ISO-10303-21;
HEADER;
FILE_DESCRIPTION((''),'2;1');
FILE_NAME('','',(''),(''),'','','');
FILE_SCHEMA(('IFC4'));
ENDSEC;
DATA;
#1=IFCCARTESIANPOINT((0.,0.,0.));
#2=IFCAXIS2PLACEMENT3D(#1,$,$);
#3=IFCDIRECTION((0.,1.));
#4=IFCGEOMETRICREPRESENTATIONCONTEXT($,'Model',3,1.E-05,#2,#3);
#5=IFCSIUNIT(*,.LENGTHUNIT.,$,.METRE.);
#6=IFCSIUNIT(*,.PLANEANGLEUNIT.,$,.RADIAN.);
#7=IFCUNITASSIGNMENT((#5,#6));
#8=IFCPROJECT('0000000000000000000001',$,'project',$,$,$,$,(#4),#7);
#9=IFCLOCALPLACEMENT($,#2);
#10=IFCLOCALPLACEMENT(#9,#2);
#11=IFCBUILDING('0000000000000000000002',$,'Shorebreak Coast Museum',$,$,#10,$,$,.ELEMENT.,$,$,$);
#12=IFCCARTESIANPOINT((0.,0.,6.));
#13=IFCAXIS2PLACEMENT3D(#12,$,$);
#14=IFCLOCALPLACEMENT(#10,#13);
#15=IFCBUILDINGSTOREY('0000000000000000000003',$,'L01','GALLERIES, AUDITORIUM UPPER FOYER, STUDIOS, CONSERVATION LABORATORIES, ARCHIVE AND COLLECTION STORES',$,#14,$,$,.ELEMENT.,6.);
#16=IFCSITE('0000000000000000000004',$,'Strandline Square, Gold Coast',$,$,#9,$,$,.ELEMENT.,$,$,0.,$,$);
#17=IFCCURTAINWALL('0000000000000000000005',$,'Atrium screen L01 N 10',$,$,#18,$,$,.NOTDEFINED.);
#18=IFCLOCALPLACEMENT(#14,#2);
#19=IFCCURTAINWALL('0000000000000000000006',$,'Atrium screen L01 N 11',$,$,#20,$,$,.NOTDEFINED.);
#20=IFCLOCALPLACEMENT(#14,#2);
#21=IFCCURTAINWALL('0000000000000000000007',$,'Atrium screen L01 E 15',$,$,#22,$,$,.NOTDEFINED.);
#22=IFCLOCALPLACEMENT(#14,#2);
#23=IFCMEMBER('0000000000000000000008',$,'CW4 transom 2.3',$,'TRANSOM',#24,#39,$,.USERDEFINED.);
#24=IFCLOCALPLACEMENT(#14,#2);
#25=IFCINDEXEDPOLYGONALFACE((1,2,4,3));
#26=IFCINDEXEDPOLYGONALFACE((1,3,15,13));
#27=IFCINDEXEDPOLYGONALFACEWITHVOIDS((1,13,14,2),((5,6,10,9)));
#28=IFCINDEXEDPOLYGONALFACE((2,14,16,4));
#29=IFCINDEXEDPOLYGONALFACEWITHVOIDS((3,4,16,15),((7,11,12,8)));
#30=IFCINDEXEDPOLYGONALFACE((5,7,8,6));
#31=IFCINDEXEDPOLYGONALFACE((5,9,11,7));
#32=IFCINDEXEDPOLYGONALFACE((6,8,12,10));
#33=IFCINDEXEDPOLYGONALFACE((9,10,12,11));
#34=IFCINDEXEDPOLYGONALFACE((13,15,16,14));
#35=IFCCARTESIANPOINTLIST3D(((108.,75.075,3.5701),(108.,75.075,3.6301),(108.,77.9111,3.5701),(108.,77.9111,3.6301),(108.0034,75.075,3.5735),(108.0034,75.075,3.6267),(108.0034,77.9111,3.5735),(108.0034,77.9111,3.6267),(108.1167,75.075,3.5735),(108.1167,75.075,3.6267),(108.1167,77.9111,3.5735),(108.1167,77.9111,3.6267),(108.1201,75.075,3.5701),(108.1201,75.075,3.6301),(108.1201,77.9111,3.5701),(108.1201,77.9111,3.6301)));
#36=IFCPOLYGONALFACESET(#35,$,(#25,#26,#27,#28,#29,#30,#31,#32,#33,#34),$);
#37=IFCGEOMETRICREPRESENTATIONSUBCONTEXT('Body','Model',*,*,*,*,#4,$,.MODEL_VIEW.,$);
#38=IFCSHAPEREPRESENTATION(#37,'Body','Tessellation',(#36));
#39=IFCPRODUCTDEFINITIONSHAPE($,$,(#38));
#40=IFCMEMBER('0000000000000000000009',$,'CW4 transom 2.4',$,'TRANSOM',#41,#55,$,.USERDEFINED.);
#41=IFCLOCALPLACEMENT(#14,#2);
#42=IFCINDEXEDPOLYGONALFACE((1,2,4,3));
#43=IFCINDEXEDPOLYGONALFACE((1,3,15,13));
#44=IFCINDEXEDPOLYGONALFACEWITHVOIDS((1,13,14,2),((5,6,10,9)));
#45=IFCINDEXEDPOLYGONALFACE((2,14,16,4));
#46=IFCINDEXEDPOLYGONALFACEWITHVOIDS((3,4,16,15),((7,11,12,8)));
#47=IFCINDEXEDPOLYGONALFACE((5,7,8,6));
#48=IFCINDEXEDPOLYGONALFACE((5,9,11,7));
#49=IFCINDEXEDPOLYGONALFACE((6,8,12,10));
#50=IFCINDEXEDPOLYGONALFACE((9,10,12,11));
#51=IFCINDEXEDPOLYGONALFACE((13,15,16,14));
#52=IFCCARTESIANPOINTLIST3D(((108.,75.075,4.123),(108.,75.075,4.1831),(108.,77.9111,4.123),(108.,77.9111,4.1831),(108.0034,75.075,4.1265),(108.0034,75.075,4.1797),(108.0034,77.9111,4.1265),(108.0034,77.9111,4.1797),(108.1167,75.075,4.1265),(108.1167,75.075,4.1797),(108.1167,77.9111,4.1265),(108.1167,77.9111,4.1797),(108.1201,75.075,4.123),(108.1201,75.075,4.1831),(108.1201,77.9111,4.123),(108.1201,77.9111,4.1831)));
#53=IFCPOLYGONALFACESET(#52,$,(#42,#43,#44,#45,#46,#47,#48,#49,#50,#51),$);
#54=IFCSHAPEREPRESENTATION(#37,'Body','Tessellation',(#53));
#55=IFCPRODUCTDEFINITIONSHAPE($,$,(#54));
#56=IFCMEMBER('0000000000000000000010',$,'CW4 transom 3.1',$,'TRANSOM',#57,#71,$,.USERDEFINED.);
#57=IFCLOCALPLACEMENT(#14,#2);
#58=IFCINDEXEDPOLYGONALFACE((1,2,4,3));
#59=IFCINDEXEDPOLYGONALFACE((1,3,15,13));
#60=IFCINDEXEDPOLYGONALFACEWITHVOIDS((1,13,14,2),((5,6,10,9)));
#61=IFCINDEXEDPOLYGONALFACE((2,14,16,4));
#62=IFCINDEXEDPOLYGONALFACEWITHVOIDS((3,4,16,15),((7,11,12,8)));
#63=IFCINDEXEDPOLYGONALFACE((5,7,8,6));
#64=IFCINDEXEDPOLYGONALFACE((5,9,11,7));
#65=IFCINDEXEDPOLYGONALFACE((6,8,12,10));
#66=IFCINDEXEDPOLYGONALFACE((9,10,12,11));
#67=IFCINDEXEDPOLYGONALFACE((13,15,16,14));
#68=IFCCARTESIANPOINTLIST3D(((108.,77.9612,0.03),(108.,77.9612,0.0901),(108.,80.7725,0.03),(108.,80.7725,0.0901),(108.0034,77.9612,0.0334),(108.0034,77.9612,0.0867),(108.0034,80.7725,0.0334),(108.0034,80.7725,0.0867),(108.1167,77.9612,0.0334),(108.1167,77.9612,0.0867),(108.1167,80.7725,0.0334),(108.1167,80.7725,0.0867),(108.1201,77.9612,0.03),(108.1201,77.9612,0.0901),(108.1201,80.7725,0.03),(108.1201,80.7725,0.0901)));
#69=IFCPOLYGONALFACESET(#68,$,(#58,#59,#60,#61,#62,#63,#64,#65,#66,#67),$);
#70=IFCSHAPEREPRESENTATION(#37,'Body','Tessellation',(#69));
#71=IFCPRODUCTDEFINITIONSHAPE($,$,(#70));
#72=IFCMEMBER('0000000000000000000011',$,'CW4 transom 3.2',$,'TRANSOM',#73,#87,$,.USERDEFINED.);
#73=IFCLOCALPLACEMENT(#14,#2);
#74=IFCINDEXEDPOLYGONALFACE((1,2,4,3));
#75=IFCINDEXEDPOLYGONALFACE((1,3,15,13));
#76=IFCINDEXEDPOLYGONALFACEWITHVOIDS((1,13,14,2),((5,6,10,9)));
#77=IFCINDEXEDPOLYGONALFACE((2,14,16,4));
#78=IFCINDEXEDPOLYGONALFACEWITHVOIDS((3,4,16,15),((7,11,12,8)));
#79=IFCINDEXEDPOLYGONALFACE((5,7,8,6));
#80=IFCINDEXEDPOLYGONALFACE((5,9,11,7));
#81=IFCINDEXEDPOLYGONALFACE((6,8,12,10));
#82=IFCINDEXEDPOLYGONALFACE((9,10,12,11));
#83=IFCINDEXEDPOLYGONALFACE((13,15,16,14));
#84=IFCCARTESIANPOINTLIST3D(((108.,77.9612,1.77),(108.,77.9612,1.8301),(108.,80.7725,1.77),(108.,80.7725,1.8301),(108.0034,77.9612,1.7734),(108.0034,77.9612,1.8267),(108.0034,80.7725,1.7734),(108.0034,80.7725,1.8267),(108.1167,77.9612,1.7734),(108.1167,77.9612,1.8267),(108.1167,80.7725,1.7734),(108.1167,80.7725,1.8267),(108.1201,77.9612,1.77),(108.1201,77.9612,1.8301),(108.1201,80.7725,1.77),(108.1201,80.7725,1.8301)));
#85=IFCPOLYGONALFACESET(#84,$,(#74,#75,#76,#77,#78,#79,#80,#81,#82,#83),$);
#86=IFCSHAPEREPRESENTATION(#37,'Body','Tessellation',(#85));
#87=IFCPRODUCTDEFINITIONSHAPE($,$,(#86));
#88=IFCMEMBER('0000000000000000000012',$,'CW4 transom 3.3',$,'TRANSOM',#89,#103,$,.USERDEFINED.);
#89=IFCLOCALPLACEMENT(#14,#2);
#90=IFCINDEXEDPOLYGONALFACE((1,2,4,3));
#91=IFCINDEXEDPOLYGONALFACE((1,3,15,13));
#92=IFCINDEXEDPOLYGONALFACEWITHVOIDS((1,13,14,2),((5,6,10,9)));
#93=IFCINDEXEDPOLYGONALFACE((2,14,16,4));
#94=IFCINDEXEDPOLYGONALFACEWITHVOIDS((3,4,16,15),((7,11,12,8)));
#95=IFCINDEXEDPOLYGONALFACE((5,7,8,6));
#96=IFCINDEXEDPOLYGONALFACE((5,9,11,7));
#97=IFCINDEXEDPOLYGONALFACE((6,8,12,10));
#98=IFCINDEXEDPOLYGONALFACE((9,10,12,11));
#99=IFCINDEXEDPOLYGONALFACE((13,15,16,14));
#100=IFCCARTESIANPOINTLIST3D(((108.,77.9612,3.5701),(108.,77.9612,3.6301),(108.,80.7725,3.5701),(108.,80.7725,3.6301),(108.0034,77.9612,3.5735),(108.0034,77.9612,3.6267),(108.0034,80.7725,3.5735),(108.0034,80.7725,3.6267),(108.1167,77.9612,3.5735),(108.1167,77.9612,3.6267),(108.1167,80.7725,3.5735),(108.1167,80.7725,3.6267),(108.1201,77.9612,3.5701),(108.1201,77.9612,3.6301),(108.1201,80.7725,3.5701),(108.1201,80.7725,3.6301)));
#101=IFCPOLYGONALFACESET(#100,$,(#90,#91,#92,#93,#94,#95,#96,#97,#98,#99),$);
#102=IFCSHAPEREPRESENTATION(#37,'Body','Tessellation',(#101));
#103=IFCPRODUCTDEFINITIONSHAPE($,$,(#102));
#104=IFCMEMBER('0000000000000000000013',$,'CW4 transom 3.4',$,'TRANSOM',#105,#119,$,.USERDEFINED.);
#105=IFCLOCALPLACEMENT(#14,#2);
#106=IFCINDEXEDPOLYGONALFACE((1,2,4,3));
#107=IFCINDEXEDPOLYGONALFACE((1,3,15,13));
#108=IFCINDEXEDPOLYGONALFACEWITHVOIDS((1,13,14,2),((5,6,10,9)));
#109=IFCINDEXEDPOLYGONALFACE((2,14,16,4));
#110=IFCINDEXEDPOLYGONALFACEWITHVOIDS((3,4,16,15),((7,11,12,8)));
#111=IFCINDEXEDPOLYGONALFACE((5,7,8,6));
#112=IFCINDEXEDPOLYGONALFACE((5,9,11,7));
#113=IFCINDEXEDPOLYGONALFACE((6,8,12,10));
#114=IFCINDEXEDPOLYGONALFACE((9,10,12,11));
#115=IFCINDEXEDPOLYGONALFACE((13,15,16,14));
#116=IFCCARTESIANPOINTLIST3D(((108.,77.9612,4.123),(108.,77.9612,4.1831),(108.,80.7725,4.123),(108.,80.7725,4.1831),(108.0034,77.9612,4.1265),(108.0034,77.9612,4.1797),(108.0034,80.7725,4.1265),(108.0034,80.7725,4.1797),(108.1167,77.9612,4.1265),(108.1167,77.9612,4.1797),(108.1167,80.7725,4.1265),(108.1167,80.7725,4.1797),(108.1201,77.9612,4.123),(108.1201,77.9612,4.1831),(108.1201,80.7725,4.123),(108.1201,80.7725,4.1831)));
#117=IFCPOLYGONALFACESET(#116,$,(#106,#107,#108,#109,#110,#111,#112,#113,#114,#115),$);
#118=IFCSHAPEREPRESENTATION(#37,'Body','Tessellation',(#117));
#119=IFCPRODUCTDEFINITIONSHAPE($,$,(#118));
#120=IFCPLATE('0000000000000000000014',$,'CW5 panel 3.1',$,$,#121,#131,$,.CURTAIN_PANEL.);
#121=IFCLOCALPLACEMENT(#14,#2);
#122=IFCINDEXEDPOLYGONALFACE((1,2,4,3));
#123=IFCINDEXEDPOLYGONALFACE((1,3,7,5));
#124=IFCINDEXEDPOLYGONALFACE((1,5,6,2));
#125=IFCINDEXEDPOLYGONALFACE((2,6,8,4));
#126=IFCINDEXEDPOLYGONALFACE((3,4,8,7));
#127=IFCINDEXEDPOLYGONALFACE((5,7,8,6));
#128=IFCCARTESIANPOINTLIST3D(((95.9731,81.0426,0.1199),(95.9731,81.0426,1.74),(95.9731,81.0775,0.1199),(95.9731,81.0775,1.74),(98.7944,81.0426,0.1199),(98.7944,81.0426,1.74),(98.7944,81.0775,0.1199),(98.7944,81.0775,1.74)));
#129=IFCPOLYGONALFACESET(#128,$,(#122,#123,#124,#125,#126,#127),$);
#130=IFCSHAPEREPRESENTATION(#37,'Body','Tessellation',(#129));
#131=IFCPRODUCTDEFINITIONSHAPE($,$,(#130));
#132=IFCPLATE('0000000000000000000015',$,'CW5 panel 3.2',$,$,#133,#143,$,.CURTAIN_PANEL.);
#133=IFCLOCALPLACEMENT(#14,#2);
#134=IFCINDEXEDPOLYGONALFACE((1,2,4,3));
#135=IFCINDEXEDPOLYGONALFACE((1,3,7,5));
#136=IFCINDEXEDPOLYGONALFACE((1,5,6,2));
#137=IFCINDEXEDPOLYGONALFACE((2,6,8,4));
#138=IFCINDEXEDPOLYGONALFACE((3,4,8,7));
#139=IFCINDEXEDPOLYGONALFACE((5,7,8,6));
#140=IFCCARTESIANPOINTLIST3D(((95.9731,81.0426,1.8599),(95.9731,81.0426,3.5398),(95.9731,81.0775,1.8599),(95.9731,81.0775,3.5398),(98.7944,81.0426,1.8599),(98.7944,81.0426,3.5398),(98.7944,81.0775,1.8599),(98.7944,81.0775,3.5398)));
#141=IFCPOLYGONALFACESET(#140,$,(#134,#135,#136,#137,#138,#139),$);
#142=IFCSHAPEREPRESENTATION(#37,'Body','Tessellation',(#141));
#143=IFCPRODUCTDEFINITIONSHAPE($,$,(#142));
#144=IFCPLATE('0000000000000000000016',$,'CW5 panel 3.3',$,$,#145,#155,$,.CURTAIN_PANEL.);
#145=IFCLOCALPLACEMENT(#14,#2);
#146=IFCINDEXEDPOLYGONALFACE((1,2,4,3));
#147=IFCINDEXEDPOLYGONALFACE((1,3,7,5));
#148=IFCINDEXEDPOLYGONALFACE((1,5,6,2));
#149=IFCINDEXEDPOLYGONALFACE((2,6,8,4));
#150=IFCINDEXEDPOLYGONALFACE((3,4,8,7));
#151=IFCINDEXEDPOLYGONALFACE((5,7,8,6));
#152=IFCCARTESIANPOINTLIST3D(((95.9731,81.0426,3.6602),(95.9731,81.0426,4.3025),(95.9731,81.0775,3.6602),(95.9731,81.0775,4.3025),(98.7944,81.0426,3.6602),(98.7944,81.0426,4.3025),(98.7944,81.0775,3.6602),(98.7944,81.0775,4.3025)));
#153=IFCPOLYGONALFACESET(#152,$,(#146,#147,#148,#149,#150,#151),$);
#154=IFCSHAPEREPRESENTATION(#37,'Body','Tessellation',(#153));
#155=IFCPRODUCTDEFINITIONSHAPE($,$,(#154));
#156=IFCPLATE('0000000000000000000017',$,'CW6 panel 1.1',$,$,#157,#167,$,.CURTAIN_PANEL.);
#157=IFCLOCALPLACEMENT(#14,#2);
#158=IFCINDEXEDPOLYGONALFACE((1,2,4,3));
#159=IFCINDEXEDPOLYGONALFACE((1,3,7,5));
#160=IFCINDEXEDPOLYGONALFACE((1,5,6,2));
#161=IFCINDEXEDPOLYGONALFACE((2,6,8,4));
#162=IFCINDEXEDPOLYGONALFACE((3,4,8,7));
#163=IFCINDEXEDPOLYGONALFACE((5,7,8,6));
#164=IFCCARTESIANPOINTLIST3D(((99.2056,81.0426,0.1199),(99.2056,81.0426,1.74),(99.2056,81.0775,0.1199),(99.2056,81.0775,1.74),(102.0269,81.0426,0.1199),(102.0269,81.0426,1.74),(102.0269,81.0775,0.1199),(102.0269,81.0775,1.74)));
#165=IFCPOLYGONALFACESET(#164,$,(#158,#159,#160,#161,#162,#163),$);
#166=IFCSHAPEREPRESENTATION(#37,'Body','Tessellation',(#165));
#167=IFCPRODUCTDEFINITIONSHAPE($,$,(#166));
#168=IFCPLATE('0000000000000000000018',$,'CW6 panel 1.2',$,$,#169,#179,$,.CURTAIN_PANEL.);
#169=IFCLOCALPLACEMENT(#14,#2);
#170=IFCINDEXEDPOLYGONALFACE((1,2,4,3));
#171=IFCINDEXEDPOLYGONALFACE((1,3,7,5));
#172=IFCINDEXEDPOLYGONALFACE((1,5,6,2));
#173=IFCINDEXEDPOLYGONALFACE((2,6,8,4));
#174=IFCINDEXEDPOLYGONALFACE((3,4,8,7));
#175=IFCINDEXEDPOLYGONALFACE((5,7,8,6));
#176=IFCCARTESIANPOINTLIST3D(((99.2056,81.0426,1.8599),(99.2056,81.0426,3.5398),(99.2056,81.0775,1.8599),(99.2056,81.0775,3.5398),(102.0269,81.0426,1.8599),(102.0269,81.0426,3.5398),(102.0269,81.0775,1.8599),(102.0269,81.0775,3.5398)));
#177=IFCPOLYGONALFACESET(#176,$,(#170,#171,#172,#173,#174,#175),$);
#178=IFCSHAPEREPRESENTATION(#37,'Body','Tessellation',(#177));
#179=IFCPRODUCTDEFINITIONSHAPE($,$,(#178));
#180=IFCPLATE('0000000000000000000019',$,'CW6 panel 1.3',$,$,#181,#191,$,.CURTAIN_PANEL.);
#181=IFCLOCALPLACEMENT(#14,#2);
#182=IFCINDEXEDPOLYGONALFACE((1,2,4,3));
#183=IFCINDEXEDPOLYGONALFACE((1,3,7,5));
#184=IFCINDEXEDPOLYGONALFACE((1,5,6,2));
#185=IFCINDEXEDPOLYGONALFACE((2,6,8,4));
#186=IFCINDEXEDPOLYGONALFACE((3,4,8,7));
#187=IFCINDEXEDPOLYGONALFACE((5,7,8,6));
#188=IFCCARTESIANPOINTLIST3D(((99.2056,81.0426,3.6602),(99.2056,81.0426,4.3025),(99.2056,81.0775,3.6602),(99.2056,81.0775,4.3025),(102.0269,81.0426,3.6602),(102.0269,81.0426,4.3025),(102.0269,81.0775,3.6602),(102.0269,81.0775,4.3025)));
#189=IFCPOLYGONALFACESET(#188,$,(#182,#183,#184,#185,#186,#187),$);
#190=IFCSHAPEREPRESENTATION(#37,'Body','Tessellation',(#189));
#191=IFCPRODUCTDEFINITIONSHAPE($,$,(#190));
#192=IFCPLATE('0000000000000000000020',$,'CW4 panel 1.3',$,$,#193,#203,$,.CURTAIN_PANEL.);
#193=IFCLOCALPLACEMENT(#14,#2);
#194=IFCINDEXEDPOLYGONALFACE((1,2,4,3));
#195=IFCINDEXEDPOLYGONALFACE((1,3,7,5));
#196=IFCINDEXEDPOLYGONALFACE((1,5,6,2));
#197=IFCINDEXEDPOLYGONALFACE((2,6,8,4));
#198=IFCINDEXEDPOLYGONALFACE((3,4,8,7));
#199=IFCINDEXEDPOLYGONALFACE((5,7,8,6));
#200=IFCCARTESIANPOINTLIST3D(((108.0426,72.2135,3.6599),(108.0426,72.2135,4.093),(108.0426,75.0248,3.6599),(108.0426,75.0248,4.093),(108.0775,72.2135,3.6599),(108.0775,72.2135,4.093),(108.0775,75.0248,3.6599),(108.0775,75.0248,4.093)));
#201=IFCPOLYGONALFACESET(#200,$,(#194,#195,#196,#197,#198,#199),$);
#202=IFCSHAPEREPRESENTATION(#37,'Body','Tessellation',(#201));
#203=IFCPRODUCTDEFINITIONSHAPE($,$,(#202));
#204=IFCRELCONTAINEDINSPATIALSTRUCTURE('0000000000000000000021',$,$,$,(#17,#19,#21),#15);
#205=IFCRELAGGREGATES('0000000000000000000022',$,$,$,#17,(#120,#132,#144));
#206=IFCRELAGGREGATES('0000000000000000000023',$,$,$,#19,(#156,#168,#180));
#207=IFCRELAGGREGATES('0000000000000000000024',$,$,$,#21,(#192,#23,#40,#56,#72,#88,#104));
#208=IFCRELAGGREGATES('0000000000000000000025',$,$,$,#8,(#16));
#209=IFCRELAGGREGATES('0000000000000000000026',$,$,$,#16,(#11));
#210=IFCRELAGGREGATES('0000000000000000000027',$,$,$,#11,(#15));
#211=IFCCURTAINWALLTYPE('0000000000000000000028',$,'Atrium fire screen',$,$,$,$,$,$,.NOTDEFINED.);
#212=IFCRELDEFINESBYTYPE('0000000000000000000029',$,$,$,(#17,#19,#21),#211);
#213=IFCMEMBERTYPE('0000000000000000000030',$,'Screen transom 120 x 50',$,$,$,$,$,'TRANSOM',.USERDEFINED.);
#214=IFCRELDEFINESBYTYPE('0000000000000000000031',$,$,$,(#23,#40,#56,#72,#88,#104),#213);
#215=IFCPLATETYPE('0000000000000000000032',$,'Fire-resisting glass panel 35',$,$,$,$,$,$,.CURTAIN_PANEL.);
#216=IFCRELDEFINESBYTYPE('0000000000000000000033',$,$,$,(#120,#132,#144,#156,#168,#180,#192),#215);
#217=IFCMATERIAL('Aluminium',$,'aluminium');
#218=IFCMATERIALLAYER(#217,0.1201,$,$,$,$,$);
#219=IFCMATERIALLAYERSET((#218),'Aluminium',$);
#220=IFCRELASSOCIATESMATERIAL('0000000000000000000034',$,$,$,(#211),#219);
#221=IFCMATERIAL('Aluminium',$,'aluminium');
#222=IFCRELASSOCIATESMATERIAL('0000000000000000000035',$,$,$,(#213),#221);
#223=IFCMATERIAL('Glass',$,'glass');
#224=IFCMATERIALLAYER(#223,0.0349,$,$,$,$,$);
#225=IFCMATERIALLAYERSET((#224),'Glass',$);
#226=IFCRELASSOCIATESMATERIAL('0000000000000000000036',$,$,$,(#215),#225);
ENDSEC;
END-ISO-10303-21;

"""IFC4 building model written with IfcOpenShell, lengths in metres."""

from ifc_helpers import new_model, si_unit, direction, frame, origin, origin_2d, place, context, subcontext, project, spatial, rectangle, hollow_rectangle, extrude, material, layer, layer_set, material_profile, profile_set, type_object, element, aggregate, save


model = new_model("IFC4")

# Units and contexts
model_context = context("Model", 3, precision=1e-05, world=origin(), true_north=direction((0.0, 1.0)))
body_context = subcontext(model_context, "Body", "Model", "MODEL_VIEW")
ifc_project = project(units=[si_unit("LENGTHUNIT", "METRE"), si_unit("PLANEANGLEUNIT", "RADIAN")], contexts=[model_context])

# Site, building, storey
site_placement = place(None, origin())
site = spatial("IfcSite", under=ifc_project, at=site_placement, Name="Strandline Square, Gold Coast", CompositionType="ELEMENT", RefElevation=0.0)
building_placement = place(site_placement, origin())
building = spatial("IfcBuilding", under=site, at=building_placement, Name="Shorebreak Coast Museum", CompositionType="ELEMENT")
storey_placement = place(building_placement, frame((0.0, 0.0, 6.0)))
storey = spatial("IfcBuildingStorey", under=building, at=storey_placement, Name="L01", Description="GALLERIES, AUDITORIUM UPPER FOYER, STUDIOS, CONSERVATION LABORATORIES, ARCHIVE AND COLLECTION STORES", CompositionType="ELEMENT", Elevation=6.0)

# Curtain wall
ifc_material_1 = material(Name="Aluminium", Category="aluminium")
ifc_layer_1 = layer(ifc_material_1, 0.1201)
ifc_layer_set_1 = layer_set([ifc_layer_1], Name="Aluminium")
curtain_wall_type = type_object("IfcCurtainWallType", Name="Atrium fire screen", PredefinedType="NOTDEFINED", material=ifc_layer_set_1)
curtain_wall_1_placement = place(storey_placement, origin())
curtain_wall_1 = element("IfcCurtainWall", 1, at=curtain_wall_1_placement, inside=storey, type_object=curtain_wall_type, Name="Atrium screen L01 N 10", PredefinedType="NOTDEFINED")

# Curtain walls
curtain_wall_2_placement = place(storey_placement, origin())
curtain_wall_2 = element("IfcCurtainWall", 2, at=curtain_wall_2_placement, inside=storey, type_object=curtain_wall_type, Name="Atrium screen L01 N 11", PredefinedType="NOTDEFINED")
curtain_wall_3_placement = place(storey_placement, origin())
curtain_wall_3 = element("IfcCurtainWall", 3, at=curtain_wall_3_placement, inside=storey, type_object=curtain_wall_type, Name="Atrium screen L01 E 15", PredefinedType="NOTDEFINED")

# Members
ifc_material_2 = material(Name="Aluminium", Category="aluminium")
ifc_material_profile_1 = material_profile(ifc_material_2, hollow_rectangle(XDim=0.1201, YDim=0.0601, WallThickness=0.0034, at=origin_2d()), Name="AL 60x120 RHS")
ifc_profile_set_1 = profile_set([ifc_material_profile_1], Name="Aluminium")
member_type_1 = type_object("IfcMemberType", Name="Screen transom 120 x 50", ElementType="TRANSOM", PredefinedType="USERDEFINED", material=ifc_profile_set_1)
member_1_placement = place(storey_placement, frame((108.0601, 75.075, 3.6001), z_axis=(0.0, 1.0, 0.0), x_axis=(-1.0, 0.0, 0.0)))
member_1 = element("IfcMember", 4, at=member_1_placement, type_object=member_type_1, Name="CW4 transom 2.3", ObjectType="TRANSOM", PredefinedType="USERDEFINED", context=body_context, shape_type="SweptSolid", body=[
    extrude(hollow_rectangle(XDim=0.1201, YDim=0.0601, WallThickness=0.0034, at=origin_2d()), origin(), (0.0, 0.0, 1.0), 2.8362),
])
member_2_placement = place(storey_placement, frame((108.0601, 75.075, 4.1531), z_axis=(0.0, 1.0, 0.0), x_axis=(-1.0, 0.0, 0.0)))
member_2 = element("IfcMember", 5, at=member_2_placement, type_object=member_type_1, Name="CW4 transom 2.4", ObjectType="TRANSOM", PredefinedType="USERDEFINED", context=body_context, shape_type="SweptSolid", body=[
    extrude(hollow_rectangle(XDim=0.1201, YDim=0.0601, WallThickness=0.0034, at=origin_2d()), origin(), (0.0, 0.0, 1.0), 2.8362),
])
member_3_placement = place(storey_placement, frame((108.0601, 77.9612, 0.0601), z_axis=(0.0, 1.0, 0.0), x_axis=(-1.0, 0.0, 0.0)))
member_3 = element("IfcMember", 6, at=member_3_placement, type_object=member_type_1, Name="CW4 transom 3.1", ObjectType="TRANSOM", PredefinedType="USERDEFINED", context=body_context, shape_type="SweptSolid", body=[
    extrude(hollow_rectangle(XDim=0.1201, YDim=0.0601, WallThickness=0.0034, at=origin_2d()), origin(), (0.0, 0.0, 1.0), 2.8113),
])
member_4_placement = place(storey_placement, frame((108.0601, 77.9612, 1.8), z_axis=(0.0, 1.0, 0.0), x_axis=(-1.0, 0.0, 0.0)))
member_4 = element("IfcMember", 7, at=member_4_placement, type_object=member_type_1, Name="CW4 transom 3.2", ObjectType="TRANSOM", PredefinedType="USERDEFINED", context=body_context, shape_type="SweptSolid", body=[
    extrude(hollow_rectangle(XDim=0.1201, YDim=0.0601, WallThickness=0.0034, at=origin_2d()), origin(), (0.0, 0.0, 1.0), 2.8113),
])
member_5_placement = place(storey_placement, frame((108.0601, 77.9612, 3.6001), z_axis=(0.0, 1.0, 0.0), x_axis=(-1.0, 0.0, 0.0)))
member_5 = element("IfcMember", 8, at=member_5_placement, type_object=member_type_1, Name="CW4 transom 3.3", ObjectType="TRANSOM", PredefinedType="USERDEFINED", context=body_context, shape_type="SweptSolid", body=[
    extrude(hollow_rectangle(XDim=0.1201, YDim=0.0601, WallThickness=0.0034, at=origin_2d()), origin(), (0.0, 0.0, 1.0), 2.8113),
])
member_6_placement = place(storey_placement, frame((108.0601, 77.9612, 4.1531), z_axis=(0.0, 1.0, 0.0), x_axis=(-1.0, 0.0, 0.0)))
member_6 = element("IfcMember", 9, at=member_6_placement, type_object=member_type_1, Name="CW4 transom 3.4", ObjectType="TRANSOM", PredefinedType="USERDEFINED", context=body_context, shape_type="SweptSolid", body=[
    extrude(hollow_rectangle(XDim=0.1201, YDim=0.0601, WallThickness=0.0034, at=origin_2d()), origin(), (0.0, 0.0, 1.0), 2.8113),
])

# Plates
ifc_material_3 = material(Name="Glass", Category="glass")
ifc_layer_2 = layer(ifc_material_3, 0.0349)
ifc_layer_set_2 = layer_set([ifc_layer_2], Name="Glass")
plate_type = type_object("IfcPlateType", Name="Fire-resisting glass panel 35", PredefinedType="CURTAIN_PANEL", material=ifc_layer_set_2)
plate_1_placement = place(storey_placement, frame((97.3838, 81.0601, 0.1199), z_axis=(0.0, 0.0, 1.0), x_axis=(1.0, 0.0, 0.0)))
plate_1 = element("IfcPlate", 10, at=plate_1_placement, type_object=plate_type, Name="CW5 panel 3.1", PredefinedType="CURTAIN_PANEL", context=body_context, shape_type="SweptSolid", body=[
    extrude(rectangle(XDim=2.8213, YDim=0.0349, at=origin_2d()), origin(), (0.0, 0.0, 1.0), 1.6201),
])
plate_2_placement = place(storey_placement, frame((97.3838, 81.0601, 1.8599), z_axis=(0.0, 0.0, 1.0), x_axis=(1.0, 0.0, 0.0)))
plate_2 = element("IfcPlate", 11, at=plate_2_placement, type_object=plate_type, Name="CW5 panel 3.2", PredefinedType="CURTAIN_PANEL", context=body_context, shape_type="SweptSolid", body=[
    extrude(rectangle(XDim=2.8213, YDim=0.0349, at=origin_2d()), origin(), (0.0, 0.0, 1.0), 1.6799),
])
plate_3_placement = place(storey_placement, frame((97.3838, 81.0601, 3.6602), z_axis=(0.0, 0.0, 1.0), x_axis=(1.0, 0.0, 0.0)))
plate_3 = element("IfcPlate", 12, at=plate_3_placement, type_object=plate_type, Name="CW5 panel 3.3", PredefinedType="CURTAIN_PANEL", context=body_context, shape_type="SweptSolid", body=[
    extrude(rectangle(XDim=2.8213, YDim=0.0349, at=origin_2d()), origin(), (0.0, 0.0, 1.0), 0.6423),
])
aggregate(curtain_wall_1, [plate_1, plate_2, plate_3])
plate_4_placement = place(storey_placement, frame((100.6162, 81.0601, 0.1199), z_axis=(0.0, 0.0, 1.0), x_axis=(1.0, 0.0, 0.0)))
plate_4 = element("IfcPlate", 13, at=plate_4_placement, type_object=plate_type, Name="CW6 panel 1.1", PredefinedType="CURTAIN_PANEL", context=body_context, shape_type="SweptSolid", body=[
    extrude(rectangle(XDim=2.8213, YDim=0.0349, at=origin_2d()), origin(), (0.0, 0.0, 1.0), 1.6201),
])
plate_5_placement = place(storey_placement, frame((100.6162, 81.0601, 1.8599), z_axis=(0.0, 0.0, 1.0), x_axis=(1.0, 0.0, 0.0)))
plate_5 = element("IfcPlate", 14, at=plate_5_placement, type_object=plate_type, Name="CW6 panel 1.2", PredefinedType="CURTAIN_PANEL", context=body_context, shape_type="SweptSolid", body=[
    extrude(rectangle(XDim=2.8213, YDim=0.0349, at=origin_2d()), origin(), (0.0, 0.0, 1.0), 1.6799),
])
plate_6_placement = place(storey_placement, frame((100.6162, 81.0601, 3.6602), z_axis=(0.0, 0.0, 1.0), x_axis=(1.0, 0.0, 0.0)))
plate_6 = element("IfcPlate", 15, at=plate_6_placement, type_object=plate_type, Name="CW6 panel 1.3", PredefinedType="CURTAIN_PANEL", context=body_context, shape_type="SweptSolid", body=[
    extrude(rectangle(XDim=2.8213, YDim=0.0349, at=origin_2d()), origin(), (0.0, 0.0, 1.0), 0.6423),
])
aggregate(curtain_wall_2, [plate_4, plate_5, plate_6])
plate_7_placement = place(storey_placement, frame((108.0601, 73.6191, 3.6599), z_axis=(0.0, 0.0, 1.0), x_axis=(0.0, 1.0, 0.0)))
plate_7 = element("IfcPlate", 16, at=plate_7_placement, type_object=plate_type, Name="CW4 panel 1.3", PredefinedType="CURTAIN_PANEL", context=body_context, shape_type="SweptSolid", body=[
    extrude(rectangle(XDim=2.8113, YDim=0.0349, at=origin_2d()), origin(), (0.0, 0.0, 1.0), 0.4331),
])
aggregate(curtain_wall_3, [plate_7, member_1, member_2, member_3, member_4, member_5, member_6])

save(model, "model.ifc")
